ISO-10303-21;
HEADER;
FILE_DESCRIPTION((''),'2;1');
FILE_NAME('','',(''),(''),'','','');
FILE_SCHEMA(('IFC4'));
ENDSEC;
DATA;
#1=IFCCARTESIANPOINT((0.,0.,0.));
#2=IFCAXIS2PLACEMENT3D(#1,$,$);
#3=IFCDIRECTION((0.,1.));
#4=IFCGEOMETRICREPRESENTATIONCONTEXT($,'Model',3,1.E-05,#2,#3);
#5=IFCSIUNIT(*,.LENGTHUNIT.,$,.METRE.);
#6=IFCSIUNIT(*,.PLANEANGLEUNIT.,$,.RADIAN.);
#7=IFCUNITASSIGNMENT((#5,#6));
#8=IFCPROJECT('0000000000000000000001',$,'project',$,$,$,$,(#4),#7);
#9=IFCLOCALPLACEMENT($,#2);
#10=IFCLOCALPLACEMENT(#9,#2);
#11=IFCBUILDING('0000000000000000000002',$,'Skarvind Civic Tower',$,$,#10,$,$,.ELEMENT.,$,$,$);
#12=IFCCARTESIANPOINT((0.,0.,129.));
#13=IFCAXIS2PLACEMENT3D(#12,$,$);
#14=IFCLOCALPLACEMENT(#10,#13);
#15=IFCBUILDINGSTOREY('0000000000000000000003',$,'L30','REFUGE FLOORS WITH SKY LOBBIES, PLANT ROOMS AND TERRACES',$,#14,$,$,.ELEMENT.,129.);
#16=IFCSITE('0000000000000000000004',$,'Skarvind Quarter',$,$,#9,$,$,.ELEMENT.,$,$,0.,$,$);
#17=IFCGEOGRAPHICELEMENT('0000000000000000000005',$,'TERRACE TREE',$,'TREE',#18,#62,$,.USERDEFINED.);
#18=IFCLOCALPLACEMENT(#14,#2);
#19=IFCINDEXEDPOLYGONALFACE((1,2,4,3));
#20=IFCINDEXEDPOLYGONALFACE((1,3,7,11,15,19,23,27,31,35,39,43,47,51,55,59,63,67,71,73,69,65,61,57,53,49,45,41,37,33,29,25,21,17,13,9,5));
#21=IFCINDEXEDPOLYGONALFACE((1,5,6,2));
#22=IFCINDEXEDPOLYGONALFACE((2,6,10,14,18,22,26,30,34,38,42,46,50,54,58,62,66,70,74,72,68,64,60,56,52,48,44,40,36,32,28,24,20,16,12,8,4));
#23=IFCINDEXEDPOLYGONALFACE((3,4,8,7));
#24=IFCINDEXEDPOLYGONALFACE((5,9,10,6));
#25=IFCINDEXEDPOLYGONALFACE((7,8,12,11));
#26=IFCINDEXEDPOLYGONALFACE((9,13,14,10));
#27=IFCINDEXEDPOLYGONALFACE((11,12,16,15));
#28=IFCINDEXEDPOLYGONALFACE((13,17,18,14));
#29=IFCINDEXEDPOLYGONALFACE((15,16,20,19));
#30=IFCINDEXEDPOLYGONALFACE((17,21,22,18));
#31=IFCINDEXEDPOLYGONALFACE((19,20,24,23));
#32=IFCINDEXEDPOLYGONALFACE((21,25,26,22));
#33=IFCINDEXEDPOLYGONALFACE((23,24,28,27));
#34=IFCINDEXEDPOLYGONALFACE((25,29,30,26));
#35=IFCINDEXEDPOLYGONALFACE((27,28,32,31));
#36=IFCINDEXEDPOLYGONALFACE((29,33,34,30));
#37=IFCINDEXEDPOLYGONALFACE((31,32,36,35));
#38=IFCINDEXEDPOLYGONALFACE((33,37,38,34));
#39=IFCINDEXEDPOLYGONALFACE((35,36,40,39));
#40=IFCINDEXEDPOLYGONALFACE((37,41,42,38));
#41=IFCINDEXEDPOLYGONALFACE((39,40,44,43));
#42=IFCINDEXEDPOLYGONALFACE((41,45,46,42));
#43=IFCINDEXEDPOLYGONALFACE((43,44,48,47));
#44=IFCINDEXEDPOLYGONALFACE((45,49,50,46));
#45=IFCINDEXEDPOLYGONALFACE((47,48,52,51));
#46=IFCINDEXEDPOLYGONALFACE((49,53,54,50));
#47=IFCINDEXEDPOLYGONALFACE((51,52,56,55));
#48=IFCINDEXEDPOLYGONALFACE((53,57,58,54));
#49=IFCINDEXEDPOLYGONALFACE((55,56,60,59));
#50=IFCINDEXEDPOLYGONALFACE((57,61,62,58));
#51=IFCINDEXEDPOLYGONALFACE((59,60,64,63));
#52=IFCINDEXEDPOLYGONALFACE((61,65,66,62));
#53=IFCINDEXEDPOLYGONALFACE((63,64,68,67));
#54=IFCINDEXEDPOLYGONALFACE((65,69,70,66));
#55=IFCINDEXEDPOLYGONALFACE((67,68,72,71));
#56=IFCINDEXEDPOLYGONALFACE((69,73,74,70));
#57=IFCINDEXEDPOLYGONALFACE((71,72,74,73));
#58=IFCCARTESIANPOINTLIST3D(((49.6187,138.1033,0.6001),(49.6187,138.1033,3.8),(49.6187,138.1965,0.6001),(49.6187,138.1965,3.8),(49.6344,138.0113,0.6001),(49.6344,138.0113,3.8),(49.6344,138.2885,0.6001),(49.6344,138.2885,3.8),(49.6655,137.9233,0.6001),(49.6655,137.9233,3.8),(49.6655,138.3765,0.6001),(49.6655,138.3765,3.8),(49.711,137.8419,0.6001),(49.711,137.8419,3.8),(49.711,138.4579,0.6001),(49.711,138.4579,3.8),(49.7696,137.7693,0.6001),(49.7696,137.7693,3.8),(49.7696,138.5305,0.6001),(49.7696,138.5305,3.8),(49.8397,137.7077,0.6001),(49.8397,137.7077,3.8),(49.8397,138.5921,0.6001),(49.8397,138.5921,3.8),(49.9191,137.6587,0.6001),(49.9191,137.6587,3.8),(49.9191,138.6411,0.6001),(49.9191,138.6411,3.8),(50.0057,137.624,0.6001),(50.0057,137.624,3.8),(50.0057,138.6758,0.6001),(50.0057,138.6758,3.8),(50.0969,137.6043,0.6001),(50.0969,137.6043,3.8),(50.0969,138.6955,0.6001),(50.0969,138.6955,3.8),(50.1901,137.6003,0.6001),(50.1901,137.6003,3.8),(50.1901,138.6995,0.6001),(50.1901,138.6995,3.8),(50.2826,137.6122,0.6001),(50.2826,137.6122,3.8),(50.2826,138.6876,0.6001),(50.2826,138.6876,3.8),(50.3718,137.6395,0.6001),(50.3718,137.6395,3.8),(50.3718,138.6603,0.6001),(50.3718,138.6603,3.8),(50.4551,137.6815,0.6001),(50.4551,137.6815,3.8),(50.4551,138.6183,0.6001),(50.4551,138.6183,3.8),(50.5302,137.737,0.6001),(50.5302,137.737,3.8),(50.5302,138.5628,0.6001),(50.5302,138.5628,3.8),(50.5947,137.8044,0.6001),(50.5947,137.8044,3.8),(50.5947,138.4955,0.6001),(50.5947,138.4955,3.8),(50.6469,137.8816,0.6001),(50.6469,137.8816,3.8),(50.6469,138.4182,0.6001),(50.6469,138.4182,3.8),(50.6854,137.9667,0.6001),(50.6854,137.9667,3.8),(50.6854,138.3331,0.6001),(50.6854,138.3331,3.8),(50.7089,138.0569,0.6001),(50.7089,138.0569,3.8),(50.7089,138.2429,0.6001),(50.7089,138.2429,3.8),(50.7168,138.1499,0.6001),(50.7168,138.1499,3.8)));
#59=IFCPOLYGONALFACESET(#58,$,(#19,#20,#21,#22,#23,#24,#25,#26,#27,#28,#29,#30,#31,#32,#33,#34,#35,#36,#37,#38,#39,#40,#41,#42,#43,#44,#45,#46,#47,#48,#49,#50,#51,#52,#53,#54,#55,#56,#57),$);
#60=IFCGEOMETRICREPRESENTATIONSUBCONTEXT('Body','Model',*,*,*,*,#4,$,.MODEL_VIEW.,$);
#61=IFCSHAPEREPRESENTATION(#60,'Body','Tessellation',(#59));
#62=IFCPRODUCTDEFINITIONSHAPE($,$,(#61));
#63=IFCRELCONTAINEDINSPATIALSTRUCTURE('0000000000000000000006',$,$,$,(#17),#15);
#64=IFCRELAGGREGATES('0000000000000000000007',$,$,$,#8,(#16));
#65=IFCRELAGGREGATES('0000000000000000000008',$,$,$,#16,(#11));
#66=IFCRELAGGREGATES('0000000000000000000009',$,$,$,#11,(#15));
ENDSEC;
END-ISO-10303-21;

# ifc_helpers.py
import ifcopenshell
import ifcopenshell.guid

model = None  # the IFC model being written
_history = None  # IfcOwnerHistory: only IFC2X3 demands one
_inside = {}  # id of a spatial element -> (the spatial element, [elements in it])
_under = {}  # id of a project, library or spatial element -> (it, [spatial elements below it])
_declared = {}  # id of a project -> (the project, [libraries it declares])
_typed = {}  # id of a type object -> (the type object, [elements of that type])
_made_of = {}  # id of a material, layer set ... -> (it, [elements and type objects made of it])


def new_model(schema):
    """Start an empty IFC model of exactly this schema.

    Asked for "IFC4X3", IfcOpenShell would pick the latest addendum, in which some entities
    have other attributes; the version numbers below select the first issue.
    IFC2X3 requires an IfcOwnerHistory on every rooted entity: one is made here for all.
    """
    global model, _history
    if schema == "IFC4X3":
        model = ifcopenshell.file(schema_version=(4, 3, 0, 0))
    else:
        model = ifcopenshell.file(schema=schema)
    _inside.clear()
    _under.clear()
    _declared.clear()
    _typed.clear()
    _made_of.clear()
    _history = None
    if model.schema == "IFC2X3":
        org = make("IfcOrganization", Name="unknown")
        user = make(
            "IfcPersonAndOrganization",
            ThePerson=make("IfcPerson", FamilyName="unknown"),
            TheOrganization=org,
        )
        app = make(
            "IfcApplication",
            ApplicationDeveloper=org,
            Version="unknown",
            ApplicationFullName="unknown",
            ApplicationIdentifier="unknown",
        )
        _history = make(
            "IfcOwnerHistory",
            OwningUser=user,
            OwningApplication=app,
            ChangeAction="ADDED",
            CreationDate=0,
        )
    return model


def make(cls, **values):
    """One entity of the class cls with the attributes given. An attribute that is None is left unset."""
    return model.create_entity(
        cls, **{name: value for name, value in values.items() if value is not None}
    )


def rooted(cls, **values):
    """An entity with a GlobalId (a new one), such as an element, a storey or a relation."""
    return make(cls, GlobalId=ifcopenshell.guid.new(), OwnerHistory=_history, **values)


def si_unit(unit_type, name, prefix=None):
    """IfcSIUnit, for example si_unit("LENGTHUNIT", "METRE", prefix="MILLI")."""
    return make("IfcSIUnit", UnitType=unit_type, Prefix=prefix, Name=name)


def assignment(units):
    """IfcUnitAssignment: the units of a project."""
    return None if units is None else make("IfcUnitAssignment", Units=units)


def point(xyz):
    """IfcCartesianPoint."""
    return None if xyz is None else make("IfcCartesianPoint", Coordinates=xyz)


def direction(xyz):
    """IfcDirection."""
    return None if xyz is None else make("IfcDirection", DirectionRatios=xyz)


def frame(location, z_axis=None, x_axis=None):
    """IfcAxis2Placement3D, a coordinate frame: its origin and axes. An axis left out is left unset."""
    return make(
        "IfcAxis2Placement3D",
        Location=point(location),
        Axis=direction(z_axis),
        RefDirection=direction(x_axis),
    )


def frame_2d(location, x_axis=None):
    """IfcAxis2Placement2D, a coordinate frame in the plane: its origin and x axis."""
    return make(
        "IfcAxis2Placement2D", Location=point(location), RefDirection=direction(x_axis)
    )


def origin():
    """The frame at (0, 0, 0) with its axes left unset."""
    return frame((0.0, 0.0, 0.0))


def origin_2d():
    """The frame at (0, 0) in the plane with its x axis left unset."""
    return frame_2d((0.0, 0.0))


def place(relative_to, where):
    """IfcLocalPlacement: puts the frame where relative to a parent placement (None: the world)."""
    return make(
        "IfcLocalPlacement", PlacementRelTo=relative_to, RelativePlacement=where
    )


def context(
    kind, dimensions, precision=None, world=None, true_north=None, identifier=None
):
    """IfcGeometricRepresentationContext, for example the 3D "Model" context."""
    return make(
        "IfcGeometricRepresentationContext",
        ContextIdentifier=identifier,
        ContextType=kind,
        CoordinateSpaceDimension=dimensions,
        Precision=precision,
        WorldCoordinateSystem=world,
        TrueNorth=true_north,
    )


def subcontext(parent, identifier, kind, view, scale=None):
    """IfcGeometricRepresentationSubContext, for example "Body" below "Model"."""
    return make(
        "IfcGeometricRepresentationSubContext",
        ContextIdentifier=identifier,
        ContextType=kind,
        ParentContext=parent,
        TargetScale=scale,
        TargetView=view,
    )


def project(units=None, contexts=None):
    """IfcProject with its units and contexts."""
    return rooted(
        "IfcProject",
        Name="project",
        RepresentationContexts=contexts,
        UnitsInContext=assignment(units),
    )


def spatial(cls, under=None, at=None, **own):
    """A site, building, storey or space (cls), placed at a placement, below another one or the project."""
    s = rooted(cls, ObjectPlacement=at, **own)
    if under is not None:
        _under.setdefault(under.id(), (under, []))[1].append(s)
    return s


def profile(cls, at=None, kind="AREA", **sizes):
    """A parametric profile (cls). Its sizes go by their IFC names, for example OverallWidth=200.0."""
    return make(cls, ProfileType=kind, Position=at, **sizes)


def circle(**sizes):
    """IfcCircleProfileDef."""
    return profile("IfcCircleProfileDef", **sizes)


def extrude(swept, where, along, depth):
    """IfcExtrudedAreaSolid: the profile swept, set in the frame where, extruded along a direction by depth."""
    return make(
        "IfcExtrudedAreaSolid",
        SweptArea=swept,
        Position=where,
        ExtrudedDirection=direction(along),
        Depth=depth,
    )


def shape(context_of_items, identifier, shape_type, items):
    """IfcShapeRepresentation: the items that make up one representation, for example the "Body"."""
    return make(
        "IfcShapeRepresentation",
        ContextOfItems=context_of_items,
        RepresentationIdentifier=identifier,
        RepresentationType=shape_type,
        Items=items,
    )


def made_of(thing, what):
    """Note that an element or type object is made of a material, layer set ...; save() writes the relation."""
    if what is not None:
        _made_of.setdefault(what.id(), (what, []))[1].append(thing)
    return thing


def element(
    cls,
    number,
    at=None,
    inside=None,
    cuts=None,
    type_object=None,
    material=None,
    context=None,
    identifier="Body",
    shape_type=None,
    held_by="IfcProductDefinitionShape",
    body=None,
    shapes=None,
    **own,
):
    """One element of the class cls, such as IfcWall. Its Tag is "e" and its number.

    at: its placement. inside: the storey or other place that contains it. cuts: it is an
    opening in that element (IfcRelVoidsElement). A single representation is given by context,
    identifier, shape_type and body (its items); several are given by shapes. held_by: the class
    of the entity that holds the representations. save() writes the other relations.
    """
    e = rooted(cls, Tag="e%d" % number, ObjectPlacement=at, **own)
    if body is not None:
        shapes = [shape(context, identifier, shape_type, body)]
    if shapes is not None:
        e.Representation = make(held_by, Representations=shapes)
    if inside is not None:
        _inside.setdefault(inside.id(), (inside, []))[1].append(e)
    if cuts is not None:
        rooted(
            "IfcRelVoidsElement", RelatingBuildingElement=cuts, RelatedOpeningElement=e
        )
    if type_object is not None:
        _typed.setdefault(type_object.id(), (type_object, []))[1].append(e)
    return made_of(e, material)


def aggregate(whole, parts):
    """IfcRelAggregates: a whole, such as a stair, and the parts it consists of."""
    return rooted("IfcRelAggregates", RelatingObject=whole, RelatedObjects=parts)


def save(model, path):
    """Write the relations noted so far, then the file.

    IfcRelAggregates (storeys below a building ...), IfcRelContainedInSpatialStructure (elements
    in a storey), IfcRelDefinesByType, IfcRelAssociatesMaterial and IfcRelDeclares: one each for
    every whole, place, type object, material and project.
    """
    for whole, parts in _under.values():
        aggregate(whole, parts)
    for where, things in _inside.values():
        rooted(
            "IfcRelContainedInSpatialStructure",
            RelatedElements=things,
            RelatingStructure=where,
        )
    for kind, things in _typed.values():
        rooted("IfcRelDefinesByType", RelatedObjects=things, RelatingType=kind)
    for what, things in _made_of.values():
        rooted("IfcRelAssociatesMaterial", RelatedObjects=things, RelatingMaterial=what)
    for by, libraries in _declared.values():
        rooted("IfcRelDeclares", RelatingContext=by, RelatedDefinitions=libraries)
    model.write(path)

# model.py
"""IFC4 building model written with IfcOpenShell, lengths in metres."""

from ifc_helpers import new_model, si_unit, direction, frame, origin, origin_2d, place, context, subcontext, project, spatial, circle, extrude, element, save


model = new_model("IFC4")

# Units and contexts
model_context = context("Model", 3, precision=1e-05, world=origin(), true_north=direction((0.0, 1.0)))
body_context = subcontext(model_context, "Body", "Model", "MODEL_VIEW")
ifc_project = project(units=[si_unit("LENGTHUNIT", "METRE"), si_unit("PLANEANGLEUNIT", "RADIAN")], contexts=[model_context])

# Site, building, storey
site_placement = place(None, origin())
site = spatial("IfcSite", under=ifc_project, at=site_placement, Name="Skarvind Quarter", CompositionType="ELEMENT", RefElevation=0.0)
building_placement = place(site_placement, origin())
building = spatial("IfcBuilding", under=site, at=building_placement, Name="Skarvind Civic Tower", CompositionType="ELEMENT")
storey_placement = place(building_placement, frame((0.0, 0.0, 129.0)))
storey = spatial("IfcBuildingStorey", under=building, at=storey_placement, Name="L30", Description="REFUGE FLOORS WITH SKY LOBBIES, PLANT ROOMS AND TERRACES", CompositionType="ELEMENT", Elevation=129.0)

# Geographic element
geographic_element_placement = place(storey_placement, frame((50.1667, 138.1499, 0.6001), z_axis=(0.0, 0.0, 1.0), x_axis=(1.0, 0.0, 0.0)))
element("IfcGeographicElement", 1, at=geographic_element_placement, inside=storey, Name="TERRACE TREE", ObjectType="TREE", PredefinedType="USERDEFINED", context=body_context, shape_type="SweptSolid", body=[
    extrude(circle(Radius=0.55, at=origin_2d()), origin(), (0.0, 0.0, 1.0), 3.2),
])

save(model, "model.ifc")
